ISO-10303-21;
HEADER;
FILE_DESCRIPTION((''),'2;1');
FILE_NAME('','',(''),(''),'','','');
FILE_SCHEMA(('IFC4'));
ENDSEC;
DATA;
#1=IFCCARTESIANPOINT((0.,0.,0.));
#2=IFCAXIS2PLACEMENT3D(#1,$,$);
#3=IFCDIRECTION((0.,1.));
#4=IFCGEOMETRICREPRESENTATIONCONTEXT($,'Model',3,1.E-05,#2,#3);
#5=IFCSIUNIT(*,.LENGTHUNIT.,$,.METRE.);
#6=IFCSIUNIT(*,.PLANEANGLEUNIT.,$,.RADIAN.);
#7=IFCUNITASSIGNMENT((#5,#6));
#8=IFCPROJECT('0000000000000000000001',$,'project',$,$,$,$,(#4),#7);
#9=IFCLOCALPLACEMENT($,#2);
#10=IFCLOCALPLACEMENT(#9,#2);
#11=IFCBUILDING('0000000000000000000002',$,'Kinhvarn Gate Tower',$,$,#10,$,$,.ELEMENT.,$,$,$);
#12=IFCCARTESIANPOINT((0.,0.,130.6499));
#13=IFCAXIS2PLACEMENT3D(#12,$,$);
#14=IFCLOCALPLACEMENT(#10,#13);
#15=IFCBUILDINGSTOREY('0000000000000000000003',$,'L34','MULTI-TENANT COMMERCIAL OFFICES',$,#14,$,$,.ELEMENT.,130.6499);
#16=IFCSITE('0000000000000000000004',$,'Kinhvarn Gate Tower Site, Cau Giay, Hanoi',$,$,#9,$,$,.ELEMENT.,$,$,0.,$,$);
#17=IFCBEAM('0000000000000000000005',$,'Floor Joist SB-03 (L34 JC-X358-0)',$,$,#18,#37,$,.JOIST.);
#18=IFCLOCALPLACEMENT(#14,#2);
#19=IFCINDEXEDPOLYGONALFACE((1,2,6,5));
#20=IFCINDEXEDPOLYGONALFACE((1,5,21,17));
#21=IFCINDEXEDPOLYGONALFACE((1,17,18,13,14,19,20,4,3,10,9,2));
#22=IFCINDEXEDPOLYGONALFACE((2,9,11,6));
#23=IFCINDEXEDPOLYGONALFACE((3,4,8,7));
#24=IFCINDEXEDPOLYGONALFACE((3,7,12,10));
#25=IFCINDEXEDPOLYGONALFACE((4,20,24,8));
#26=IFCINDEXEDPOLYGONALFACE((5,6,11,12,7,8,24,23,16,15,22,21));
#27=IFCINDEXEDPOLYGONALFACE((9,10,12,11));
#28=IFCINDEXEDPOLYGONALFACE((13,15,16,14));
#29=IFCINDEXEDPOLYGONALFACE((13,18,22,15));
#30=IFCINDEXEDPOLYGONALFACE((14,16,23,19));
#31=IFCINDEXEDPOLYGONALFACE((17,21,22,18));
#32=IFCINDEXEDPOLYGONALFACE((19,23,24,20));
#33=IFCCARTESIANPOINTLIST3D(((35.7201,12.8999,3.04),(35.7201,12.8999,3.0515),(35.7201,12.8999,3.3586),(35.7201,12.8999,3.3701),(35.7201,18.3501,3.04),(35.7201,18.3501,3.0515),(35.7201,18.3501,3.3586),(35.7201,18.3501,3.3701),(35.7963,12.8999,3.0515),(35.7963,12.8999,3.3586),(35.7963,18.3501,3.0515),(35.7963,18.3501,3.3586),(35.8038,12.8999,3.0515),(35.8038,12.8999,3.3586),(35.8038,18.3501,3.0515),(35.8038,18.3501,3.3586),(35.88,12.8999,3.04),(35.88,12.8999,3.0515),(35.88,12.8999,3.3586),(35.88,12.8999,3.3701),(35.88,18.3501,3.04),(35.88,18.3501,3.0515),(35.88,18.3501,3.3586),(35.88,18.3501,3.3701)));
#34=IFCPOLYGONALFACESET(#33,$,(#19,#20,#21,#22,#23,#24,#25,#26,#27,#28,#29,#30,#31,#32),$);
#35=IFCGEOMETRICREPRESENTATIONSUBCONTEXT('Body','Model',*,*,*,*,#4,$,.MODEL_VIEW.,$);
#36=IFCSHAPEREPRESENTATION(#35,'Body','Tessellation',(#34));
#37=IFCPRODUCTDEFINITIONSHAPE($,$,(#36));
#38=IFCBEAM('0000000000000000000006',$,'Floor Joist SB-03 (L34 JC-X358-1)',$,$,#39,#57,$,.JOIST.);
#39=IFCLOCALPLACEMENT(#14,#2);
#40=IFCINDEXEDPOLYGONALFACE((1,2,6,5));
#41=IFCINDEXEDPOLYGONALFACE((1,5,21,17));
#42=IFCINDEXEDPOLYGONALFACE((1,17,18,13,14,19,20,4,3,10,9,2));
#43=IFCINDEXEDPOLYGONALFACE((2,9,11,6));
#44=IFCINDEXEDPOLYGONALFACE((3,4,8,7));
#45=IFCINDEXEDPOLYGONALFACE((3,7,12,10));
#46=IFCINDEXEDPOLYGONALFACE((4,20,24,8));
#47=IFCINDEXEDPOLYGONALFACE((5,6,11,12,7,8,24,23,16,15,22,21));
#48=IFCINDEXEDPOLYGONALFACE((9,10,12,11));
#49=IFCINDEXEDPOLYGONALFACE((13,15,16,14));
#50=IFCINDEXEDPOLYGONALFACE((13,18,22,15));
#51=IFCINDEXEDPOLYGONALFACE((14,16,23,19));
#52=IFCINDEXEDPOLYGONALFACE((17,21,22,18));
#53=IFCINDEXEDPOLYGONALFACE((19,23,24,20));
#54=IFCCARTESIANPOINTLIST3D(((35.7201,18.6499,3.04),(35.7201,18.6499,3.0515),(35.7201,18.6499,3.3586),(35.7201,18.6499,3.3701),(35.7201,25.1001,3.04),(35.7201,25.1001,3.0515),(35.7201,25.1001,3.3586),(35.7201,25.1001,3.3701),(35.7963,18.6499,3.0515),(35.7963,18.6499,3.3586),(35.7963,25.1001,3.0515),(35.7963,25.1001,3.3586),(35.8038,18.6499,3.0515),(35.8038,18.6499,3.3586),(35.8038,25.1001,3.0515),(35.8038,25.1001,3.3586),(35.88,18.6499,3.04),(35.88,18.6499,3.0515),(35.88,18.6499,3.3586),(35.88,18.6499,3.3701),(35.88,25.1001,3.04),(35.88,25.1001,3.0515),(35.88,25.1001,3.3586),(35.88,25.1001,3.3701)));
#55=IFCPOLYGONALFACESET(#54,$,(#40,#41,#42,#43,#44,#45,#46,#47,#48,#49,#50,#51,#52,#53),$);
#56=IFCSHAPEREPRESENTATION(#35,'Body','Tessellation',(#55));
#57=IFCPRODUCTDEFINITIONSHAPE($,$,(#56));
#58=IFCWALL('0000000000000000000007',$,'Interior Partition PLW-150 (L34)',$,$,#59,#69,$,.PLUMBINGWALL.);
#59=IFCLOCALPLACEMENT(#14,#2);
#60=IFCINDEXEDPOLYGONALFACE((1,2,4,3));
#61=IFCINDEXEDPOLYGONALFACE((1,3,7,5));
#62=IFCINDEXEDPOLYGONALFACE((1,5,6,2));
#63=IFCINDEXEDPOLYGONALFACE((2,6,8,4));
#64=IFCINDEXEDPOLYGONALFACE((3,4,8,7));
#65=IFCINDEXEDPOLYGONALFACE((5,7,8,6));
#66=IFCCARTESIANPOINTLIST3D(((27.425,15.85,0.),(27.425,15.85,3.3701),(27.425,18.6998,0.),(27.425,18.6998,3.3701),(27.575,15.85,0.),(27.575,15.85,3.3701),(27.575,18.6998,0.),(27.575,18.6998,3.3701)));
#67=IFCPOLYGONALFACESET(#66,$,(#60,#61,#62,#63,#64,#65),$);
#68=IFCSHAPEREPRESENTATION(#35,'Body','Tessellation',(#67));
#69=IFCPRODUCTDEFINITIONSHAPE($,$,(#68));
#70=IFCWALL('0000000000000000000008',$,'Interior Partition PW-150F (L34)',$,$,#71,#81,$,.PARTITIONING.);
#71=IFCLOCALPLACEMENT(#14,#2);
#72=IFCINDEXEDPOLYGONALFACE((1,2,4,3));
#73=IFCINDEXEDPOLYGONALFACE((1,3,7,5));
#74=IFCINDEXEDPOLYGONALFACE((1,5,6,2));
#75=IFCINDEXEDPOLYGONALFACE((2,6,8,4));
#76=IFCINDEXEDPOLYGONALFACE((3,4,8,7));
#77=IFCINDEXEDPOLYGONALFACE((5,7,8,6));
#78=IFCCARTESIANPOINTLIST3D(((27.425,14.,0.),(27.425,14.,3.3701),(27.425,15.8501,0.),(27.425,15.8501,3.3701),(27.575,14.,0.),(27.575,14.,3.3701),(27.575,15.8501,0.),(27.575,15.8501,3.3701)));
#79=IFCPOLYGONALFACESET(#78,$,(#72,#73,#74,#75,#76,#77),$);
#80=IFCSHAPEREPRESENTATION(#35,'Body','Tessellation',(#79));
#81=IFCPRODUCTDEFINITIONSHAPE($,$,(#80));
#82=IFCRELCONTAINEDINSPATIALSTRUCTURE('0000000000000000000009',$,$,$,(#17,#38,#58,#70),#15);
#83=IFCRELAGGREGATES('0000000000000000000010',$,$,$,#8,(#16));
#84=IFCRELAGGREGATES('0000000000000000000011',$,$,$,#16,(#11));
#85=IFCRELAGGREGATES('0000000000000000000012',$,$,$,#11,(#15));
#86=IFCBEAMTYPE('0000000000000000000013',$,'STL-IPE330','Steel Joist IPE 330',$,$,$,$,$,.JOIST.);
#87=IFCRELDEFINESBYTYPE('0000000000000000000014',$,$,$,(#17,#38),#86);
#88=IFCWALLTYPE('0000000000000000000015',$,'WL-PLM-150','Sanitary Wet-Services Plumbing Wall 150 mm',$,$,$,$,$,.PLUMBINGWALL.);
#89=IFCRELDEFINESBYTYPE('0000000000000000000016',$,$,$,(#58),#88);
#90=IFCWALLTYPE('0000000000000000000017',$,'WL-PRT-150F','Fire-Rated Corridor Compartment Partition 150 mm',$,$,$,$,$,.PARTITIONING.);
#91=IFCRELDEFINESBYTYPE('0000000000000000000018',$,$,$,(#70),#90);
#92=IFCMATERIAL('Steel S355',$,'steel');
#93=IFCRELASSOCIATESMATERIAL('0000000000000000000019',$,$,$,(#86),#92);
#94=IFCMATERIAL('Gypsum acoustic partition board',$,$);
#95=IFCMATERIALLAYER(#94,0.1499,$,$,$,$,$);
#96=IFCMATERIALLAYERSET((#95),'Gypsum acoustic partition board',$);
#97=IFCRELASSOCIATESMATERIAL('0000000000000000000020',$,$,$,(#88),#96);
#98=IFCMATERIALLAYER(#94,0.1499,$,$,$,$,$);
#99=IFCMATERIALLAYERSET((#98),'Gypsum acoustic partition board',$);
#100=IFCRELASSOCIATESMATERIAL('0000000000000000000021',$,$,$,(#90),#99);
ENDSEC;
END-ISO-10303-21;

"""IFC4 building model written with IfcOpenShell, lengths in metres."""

from ifc_helpers import new_model, si_unit, direction, frame, frame_2d, origin, origin_2d, place, context, subcontext, project, spatial, rectangle, i_section, extrude, material, layer, layer_set, material_profile, profile_set, type_object, element, save


model = new_model("IFC4")

# Units and contexts
model_context = context("Model", 3, precision=1e-05, world=origin(), true_north=direction((0.0, 1.0)))
body_context = subcontext(model_context, "Body", "Model", "MODEL_VIEW")
ifc_project = project(units=[si_unit("LENGTHUNIT", "METRE"), si_unit("PLANEANGLEUNIT", "RADIAN")], contexts=[model_context])

# Site, building, storey
site_placement = place(None, origin())
site = spatial("IfcSite", under=ifc_project, at=site_placement, Name="Kinhvarn Gate Tower Site, Cau Giay, Hanoi", CompositionType="ELEMENT", RefElevation=0.0)
building_placement = place(site_placement, origin())
building = spatial("IfcBuilding", under=site, at=building_placement, Name="Kinhvarn Gate Tower", CompositionType="ELEMENT")
storey_placement = place(building_placement, frame((0.0, 0.0, 130.6499)))
storey = spatial("IfcBuildingStorey", under=building, at=storey_placement, Name="L34", Description="MULTI-TENANT COMMERCIAL OFFICES", CompositionType="ELEMENT", Elevation=130.6499)

# Beams
ifc_material_1 = material(Name="Steel S355", Category="steel")
ifc_material_profile_1 = material_profile(ifc_material_1, i_section(OverallWidth=0.1599, OverallDepth=0.3301, WebThickness=0.0076, FlangeThickness=0.0115, at=origin_2d()), Name="IPE 330")
ifc_profile_set_1 = profile_set([ifc_material_profile_1], Name="Steel S355")
beam_type_1 = type_object("IfcBeamType", Name="STL-IPE330", Description="Steel Joist IPE 330", PredefinedType="JOIST", material=ifc_profile_set_1)
beam_1_placement = place(storey_placement, frame((35.8, 12.8999, 3.2051), z_axis=(0.0, 1.0, 0.0), x_axis=(-1.0, 0.0, 0.0)))
element("IfcBeam", 1, at=beam_1_placement, inside=storey, type_object=beam_type_1, Name="Floor Joist SB-03 (L34 JC-X358-0)", PredefinedType="JOIST", context=body_context, shape_type="SweptSolid", body=[
    extrude(i_section(OverallWidth=0.1599, OverallDepth=0.3301, WebThickness=0.0076, FlangeThickness=0.0115, at=origin_2d()), origin(), (0.0, 0.0, 1.0), 5.4502),
])
beam_2_placement = place(storey_placement, frame((35.8, 18.6499, 3.2051), z_axis=(0.0, 1.0, 0.0), x_axis=(-1.0, 0.0, 0.0)))
element("IfcBeam", 2, at=beam_2_placement, inside=storey, type_object=beam_type_1, Name="Floor Joist SB-03 (L34 JC-X358-1)", PredefinedType="JOIST", context=body_context, shape_type="SweptSolid", body=[
    extrude(i_section(OverallWidth=0.1599, OverallDepth=0.3301, WebThickness=0.0076, FlangeThickness=0.0115, at=origin_2d()), origin(), (0.0, 0.0, 1.0), 6.4502),
])

# Walls
ifc_material_2 = material(Name="Gypsum acoustic partition board")
ifc_layer_1 = layer(ifc_material_2, 0.1499)
ifc_layer_set_1 = layer_set([ifc_layer_1], Name="Gypsum acoustic partition board")
wall_type_1 = type_object("IfcWallType", Name="WL-PLM-150", Description="Sanitary Wet-Services Plumbing Wall 150 mm", PredefinedType="PLUMBINGWALL", material=ifc_layer_set_1)
wall_1_placement = place(storey_placement, frame((27.5, 15.8501, 0.0), z_axis=(0.0, 0.0, 1.0), x_axis=(0.0, 1.0, 0.0)))
element("IfcWall", 3, at=wall_1_placement, inside=storey, type_object=wall_type_1, Name="Interior Partition PLW-150 (L34)", PredefinedType="PLUMBINGWALL", context=body_context, shape_type="SweptSolid", body=[
    extrude(rectangle(XDim=2.8499, YDim=0.1499, at=frame_2d((1.4248, 0.0))), origin(), (0.0, 0.0, 1.0), 3.3701),
])
ifc_layer_2 = layer(ifc_material_2, 0.1499)
ifc_layer_set_2 = layer_set([ifc_layer_2], Name="Gypsum acoustic partition board")
wall_type_2 = type_object("IfcWallType", Name="WL-PRT-150F", Description="Fire-Rated Corridor Compartment Partition 150 mm", PredefinedType="PARTITIONING", material=ifc_layer_set_2)
wall_2_placement = place(storey_placement, frame((27.5, 14.0, 0.0), z_axis=(0.0, 0.0, 1.0), x_axis=(0.0, 1.0, 0.0)))
element("IfcWall", 4, at=wall_2_placement, inside=storey, type_object=wall_type_2, Name="Interior Partition PW-150F (L34)", PredefinedType="PARTITIONING", context=body_context, shape_type="SweptSolid", body=[
    extrude(rectangle(XDim=1.8501, YDim=0.1499, at=frame_2d((0.925, 0.0))), origin(), (0.0, 0.0, 1.0), 3.3701),
])

save(model, "model.ifc")
